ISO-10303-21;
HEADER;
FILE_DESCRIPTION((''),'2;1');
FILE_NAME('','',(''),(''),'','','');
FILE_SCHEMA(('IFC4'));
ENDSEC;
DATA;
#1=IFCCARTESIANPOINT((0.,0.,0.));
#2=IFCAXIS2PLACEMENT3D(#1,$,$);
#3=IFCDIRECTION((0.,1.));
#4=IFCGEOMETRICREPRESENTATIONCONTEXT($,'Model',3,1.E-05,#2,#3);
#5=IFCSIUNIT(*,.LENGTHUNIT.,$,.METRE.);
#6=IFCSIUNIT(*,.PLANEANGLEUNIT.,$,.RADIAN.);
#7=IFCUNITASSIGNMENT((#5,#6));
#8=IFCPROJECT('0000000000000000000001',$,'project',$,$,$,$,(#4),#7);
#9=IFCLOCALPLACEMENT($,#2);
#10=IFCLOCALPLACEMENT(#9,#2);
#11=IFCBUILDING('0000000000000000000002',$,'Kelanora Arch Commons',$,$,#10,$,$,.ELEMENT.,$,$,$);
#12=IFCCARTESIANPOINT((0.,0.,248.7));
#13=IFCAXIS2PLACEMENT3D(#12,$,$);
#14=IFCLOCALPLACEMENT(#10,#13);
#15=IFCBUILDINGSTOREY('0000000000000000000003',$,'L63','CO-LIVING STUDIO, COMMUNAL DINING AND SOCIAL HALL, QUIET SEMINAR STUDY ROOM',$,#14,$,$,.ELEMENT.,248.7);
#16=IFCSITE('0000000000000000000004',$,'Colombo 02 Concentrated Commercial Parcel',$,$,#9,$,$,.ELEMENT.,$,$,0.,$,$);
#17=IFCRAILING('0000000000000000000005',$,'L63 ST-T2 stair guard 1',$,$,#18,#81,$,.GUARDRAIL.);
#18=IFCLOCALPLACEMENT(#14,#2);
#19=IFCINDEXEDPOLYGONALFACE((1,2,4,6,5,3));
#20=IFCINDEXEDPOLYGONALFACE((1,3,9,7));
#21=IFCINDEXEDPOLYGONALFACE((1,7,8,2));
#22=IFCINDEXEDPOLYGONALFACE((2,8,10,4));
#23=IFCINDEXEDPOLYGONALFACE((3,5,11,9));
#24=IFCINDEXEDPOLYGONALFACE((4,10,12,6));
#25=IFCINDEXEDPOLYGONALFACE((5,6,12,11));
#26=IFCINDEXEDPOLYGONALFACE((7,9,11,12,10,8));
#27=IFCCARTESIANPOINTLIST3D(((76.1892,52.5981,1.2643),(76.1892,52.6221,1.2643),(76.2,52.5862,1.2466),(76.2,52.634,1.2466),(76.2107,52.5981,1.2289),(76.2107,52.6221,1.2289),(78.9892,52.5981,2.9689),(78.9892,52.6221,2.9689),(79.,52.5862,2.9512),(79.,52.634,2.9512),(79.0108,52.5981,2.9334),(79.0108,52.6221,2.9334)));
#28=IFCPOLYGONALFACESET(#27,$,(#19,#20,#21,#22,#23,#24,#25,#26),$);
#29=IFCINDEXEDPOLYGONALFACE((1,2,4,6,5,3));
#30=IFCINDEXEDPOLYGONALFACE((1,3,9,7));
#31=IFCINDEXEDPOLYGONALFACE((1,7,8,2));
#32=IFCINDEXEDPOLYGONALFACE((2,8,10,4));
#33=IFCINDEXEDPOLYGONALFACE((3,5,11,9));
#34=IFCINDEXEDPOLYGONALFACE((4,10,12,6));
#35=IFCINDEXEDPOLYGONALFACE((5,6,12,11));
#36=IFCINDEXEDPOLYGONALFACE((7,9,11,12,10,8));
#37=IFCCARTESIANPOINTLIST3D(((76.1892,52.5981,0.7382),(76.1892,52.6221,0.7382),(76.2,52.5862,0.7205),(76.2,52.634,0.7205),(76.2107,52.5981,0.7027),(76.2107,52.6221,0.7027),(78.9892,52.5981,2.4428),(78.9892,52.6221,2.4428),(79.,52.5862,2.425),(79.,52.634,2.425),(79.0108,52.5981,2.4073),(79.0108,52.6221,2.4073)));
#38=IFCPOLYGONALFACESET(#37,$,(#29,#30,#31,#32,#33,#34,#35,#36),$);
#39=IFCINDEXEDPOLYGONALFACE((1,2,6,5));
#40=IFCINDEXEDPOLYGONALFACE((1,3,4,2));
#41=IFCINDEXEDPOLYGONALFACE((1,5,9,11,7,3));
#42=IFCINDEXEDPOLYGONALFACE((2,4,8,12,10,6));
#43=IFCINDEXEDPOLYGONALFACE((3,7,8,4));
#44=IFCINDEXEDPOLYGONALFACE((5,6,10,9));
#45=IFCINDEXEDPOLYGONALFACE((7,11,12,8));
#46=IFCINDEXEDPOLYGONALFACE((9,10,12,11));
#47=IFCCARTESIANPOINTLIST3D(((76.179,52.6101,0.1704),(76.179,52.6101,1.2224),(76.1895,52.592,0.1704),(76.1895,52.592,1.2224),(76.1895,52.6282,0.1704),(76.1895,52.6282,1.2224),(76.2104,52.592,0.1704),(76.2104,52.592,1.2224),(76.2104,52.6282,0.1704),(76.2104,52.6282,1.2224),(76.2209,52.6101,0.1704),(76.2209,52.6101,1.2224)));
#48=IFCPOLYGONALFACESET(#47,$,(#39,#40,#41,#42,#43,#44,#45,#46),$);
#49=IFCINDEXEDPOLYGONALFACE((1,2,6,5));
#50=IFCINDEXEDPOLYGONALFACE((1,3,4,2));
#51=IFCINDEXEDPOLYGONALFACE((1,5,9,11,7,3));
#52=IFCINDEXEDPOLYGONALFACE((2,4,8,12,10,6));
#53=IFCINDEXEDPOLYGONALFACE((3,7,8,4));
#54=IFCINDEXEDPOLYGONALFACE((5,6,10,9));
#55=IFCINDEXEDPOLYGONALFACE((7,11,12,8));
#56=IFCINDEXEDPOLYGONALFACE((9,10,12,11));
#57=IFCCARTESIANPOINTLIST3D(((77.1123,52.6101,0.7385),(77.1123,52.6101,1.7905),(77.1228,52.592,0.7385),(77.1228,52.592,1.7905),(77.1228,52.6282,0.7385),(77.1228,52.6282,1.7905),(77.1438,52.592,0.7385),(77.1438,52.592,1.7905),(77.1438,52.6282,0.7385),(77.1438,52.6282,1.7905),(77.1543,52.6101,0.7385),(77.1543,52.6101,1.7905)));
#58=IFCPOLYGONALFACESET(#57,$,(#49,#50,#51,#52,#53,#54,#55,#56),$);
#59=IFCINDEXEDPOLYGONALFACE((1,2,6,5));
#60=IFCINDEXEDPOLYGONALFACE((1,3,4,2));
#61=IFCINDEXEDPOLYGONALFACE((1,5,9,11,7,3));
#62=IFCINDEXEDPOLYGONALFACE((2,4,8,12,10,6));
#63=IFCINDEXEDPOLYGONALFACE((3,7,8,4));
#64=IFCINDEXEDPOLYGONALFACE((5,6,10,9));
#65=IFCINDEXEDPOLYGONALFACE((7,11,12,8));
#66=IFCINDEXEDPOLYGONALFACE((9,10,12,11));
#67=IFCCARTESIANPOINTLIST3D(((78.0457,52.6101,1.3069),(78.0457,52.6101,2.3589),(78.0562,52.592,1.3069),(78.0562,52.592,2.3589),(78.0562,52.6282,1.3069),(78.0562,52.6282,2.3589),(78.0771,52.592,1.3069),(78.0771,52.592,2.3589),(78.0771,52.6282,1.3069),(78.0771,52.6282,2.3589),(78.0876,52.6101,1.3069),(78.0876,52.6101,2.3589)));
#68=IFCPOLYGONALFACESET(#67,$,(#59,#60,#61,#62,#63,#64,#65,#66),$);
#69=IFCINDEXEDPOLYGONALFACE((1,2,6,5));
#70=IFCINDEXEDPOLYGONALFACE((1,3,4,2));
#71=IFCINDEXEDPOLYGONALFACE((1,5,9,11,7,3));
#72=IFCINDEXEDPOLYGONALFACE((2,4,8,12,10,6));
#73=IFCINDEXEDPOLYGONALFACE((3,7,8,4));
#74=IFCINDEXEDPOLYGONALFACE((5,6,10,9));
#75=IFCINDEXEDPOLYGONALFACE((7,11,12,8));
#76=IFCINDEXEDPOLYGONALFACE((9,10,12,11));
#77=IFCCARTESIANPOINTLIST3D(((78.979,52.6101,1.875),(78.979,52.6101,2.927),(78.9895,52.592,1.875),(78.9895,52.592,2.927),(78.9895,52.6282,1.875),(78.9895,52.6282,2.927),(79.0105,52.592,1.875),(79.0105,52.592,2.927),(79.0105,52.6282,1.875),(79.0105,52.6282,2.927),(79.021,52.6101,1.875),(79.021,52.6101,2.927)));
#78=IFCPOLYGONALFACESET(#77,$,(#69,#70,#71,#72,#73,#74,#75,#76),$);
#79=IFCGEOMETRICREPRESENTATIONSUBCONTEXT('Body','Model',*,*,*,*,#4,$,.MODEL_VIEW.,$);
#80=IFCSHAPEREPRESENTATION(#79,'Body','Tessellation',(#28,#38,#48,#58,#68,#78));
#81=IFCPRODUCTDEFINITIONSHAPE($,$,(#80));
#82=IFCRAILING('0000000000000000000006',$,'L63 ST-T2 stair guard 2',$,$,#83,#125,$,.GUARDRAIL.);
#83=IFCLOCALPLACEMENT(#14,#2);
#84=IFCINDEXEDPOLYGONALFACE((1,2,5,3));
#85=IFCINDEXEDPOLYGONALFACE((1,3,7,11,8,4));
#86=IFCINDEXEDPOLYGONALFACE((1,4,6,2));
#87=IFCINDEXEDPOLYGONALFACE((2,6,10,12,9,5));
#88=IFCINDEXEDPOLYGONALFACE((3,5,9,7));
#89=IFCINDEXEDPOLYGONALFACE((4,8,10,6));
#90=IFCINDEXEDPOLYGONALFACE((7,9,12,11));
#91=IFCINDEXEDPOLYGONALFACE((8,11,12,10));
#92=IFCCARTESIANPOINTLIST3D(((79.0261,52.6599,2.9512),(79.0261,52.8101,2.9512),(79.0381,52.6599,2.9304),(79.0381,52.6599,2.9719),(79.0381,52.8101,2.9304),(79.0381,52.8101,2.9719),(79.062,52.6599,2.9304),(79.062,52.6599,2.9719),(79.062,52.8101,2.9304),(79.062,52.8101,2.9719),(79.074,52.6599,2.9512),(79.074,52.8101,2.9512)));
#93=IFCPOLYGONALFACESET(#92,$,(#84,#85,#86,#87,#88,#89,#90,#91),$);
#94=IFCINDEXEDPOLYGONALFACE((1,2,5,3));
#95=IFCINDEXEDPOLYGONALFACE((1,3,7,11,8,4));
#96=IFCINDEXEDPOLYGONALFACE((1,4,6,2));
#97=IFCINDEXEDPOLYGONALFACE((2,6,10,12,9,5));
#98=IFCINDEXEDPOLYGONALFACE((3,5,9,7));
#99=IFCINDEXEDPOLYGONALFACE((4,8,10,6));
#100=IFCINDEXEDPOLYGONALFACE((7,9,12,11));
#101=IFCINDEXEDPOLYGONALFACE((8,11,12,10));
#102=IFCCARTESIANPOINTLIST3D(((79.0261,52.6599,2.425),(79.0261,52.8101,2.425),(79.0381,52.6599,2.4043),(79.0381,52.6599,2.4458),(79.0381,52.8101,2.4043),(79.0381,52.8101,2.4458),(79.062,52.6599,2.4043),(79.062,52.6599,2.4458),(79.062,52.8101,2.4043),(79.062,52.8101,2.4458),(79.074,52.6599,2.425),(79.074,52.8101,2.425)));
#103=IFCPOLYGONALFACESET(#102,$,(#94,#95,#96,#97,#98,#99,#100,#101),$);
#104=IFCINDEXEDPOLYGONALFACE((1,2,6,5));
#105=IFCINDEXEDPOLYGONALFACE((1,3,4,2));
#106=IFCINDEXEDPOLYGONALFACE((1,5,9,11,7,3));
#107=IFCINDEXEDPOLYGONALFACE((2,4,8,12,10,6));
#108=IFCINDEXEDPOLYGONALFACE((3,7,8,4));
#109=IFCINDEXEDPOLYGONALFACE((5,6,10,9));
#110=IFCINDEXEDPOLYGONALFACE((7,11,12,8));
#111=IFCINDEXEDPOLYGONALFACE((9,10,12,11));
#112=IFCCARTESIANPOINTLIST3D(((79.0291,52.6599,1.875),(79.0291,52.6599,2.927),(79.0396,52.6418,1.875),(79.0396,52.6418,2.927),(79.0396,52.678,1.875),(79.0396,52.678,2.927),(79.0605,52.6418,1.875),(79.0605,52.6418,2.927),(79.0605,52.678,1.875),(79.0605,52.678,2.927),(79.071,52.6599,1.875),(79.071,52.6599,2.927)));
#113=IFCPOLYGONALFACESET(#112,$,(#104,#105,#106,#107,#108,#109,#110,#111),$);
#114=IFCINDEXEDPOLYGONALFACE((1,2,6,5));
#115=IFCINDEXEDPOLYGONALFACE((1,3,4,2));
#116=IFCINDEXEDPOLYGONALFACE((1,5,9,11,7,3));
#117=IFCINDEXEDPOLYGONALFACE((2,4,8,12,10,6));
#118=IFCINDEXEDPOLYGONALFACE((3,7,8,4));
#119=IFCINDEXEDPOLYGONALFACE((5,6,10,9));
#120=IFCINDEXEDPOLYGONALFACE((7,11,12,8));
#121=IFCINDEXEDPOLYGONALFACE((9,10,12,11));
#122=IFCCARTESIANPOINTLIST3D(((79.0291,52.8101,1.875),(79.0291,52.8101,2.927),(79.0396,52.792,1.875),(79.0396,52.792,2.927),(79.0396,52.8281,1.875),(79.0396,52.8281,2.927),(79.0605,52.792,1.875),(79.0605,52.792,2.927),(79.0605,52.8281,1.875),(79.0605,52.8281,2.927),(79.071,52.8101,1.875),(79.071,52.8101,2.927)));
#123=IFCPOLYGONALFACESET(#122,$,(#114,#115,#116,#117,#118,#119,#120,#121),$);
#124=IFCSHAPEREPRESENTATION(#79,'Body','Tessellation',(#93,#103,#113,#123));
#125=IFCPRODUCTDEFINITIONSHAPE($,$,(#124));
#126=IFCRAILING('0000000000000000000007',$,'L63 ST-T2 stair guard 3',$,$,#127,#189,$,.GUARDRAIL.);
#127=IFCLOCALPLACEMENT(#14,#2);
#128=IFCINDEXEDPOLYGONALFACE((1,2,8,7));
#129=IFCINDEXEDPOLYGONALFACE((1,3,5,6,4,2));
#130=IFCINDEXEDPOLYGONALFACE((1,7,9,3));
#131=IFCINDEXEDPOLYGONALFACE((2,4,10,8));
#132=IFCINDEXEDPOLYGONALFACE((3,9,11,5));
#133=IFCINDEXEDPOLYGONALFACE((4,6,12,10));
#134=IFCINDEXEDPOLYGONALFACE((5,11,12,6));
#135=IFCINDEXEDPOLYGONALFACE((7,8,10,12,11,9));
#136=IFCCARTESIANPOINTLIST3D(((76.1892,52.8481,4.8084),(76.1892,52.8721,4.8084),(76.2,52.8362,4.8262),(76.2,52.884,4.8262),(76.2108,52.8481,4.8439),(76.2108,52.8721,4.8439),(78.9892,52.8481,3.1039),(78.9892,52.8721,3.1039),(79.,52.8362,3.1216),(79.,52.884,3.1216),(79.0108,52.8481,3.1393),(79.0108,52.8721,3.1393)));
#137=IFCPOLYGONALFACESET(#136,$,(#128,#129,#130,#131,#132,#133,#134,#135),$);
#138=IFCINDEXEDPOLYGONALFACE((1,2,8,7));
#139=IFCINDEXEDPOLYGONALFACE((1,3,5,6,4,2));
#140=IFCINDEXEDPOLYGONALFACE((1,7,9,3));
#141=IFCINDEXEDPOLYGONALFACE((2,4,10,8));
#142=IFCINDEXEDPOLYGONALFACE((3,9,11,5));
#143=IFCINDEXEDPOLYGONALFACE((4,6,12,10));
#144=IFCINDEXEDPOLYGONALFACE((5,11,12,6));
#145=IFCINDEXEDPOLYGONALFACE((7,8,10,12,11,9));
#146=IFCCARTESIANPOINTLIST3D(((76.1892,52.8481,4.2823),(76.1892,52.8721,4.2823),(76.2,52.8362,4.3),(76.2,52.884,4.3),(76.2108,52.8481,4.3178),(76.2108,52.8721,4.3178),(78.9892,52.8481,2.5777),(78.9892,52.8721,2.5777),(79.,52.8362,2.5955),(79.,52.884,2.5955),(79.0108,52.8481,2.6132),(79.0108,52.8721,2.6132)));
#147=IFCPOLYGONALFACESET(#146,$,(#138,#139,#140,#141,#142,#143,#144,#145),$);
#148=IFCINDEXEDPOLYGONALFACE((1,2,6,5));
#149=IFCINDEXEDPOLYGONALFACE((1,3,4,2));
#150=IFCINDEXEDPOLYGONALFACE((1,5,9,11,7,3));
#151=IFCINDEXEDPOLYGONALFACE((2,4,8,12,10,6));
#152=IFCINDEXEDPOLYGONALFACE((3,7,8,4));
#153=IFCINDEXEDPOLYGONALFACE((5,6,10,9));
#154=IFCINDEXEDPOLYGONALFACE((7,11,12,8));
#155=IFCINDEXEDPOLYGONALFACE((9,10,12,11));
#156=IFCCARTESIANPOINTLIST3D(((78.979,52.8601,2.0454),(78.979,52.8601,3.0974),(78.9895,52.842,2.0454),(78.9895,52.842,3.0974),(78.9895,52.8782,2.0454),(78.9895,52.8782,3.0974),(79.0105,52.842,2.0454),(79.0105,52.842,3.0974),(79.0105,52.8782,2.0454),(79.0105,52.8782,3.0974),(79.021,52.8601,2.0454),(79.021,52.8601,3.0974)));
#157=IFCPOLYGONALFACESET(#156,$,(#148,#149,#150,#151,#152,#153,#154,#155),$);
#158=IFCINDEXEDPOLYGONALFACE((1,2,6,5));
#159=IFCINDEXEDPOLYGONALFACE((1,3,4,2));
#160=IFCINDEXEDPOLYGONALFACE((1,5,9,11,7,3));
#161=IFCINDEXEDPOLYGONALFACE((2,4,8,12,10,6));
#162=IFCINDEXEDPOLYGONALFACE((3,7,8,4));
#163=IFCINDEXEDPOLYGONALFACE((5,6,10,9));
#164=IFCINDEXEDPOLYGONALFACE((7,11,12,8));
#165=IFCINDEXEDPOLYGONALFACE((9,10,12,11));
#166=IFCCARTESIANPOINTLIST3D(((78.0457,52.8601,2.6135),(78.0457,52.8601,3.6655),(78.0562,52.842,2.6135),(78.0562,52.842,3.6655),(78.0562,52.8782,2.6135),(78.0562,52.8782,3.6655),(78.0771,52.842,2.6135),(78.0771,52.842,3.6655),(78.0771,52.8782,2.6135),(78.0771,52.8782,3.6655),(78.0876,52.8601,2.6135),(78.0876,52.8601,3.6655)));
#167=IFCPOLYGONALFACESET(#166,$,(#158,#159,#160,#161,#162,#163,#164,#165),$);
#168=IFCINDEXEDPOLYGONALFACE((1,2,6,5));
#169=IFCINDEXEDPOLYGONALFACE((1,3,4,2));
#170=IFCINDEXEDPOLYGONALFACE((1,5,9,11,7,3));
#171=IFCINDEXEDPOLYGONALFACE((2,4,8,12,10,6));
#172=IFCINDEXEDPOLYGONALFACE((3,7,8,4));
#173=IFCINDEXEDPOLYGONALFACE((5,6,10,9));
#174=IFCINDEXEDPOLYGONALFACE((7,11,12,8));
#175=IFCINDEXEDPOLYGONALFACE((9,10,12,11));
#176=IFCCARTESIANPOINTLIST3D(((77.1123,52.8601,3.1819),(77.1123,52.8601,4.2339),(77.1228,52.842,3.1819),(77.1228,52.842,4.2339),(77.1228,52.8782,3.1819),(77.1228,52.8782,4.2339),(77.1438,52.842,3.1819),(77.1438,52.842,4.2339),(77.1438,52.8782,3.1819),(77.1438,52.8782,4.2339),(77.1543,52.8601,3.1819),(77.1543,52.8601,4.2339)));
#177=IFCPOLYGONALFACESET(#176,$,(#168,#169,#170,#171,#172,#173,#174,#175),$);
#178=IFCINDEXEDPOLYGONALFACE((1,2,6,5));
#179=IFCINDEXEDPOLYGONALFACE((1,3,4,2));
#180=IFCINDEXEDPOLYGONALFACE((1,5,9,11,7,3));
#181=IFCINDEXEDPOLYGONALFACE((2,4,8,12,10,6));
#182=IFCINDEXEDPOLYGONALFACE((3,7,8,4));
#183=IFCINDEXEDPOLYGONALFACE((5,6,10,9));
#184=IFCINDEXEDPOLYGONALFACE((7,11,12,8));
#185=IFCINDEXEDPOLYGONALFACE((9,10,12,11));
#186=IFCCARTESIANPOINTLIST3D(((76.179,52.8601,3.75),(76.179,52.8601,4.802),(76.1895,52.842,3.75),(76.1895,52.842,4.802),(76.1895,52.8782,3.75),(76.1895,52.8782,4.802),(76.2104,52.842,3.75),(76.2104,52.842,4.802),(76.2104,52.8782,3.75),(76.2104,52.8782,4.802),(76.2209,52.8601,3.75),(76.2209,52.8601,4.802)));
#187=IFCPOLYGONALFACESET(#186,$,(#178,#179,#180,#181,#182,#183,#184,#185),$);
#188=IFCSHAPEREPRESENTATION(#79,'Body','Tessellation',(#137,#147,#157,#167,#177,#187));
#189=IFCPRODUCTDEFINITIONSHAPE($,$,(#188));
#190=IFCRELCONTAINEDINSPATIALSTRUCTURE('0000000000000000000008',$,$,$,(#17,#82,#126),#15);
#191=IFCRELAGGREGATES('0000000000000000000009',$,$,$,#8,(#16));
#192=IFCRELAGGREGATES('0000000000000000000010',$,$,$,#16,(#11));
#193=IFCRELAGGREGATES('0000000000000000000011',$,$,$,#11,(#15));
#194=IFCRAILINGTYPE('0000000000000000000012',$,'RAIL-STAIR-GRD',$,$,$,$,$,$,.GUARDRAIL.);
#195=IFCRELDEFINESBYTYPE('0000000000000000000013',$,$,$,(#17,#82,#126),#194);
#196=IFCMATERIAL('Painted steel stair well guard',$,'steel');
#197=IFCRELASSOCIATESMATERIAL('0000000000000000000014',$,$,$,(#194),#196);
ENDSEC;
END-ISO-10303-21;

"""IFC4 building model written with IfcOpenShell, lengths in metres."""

from ifc_helpers import new_model, si_unit, direction, frame, origin, place, context, subcontext, project, spatial, polyline, outline, extrude, material, type_object, element, save


model = new_model("IFC4")

# Units and contexts
model_context = context("Model", 3, precision=1e-05, world=origin(), true_north=direction((0.0, 1.0)))
body_context = subcontext(model_context, "Body", "Model", "MODEL_VIEW")
ifc_project = project(units=[si_unit("LENGTHUNIT", "METRE"), si_unit("PLANEANGLEUNIT", "RADIAN")], contexts=[model_context])

# Site, building, storey
site_placement = place(None, origin())
site = spatial("IfcSite", under=ifc_project, at=site_placement, Name="Colombo 02 Concentrated Commercial Parcel", CompositionType="ELEMENT", RefElevation=0.0)
building_placement = place(site_placement, origin())
building = spatial("IfcBuilding", under=site, at=building_placement, Name="Kelanora Arch Commons", CompositionType="ELEMENT")
storey_placement = place(building_placement, frame((0.0, 0.0, 248.7)))
storey = spatial("IfcBuildingStorey", under=building, at=storey_placement, Name="L63", Description="CO-LIVING STUDIO, COMMUNAL DINING AND SOCIAL HALL, QUIET SEMINAR STUDY ROOM", CompositionType="ELEMENT", Elevation=248.7)

# Railings
ifc_material_1 = material(Name="Painted steel stair well guard", Category="steel")
railing_type_1 = type_object("IfcRailingType", Name="RAIL-STAIR-GRD", PredefinedType="GUARDRAIL", material=ifc_material_1)
railing_1_placement = place(storey_placement, frame((76.2, 52.6101, 0.1704)))
element("IfcRailing", 1, at=railing_1_placement, inside=storey, type_object=railing_type_1, Name="L63 ST-T2 stair guard 1", PredefinedType="GUARDRAIL", context=body_context, shape_type="SweptSolid", body=[
    extrude(outline(polyline([(0.0239, 0.0), (0.012, 0.0208), (-0.012, 0.0208), (-0.0239, 0.0), (-0.012, -0.0208), (0.012, -0.0208), (0.0239, 0.0)])), frame((0.0, 0.0, 1.0762), z_axis=(0.85417, 0.0, 0.519994), x_axis=(0.0, 1.0, 0.0)), (0.0, 0.0, 1.0), 3.2781),
    extrude(outline(polyline([(0.0239, 0.0), (0.012, 0.0208), (-0.012, 0.0208), (-0.0239, 0.0), (-0.012, -0.0208), (0.012, -0.0208), (0.0239, 0.0)])), frame((0.0, 0.0, 0.55), z_axis=(0.85417, 0.0, 0.519994), x_axis=(0.0, 1.0, 0.0)), (0.0, 0.0, 1.0), 3.2781),
    extrude(outline(polyline([(0.021, 0.0), (0.0105, 0.0181), (-0.0105, 0.0181), (-0.021, 0.0), (-0.0105, -0.0181), (0.0105, -0.0181), (0.021, 0.0)])), origin(), (0.0, 0.0, 1.0), 1.052),
    extrude(outline(polyline([(0.021, 0.0), (0.0105, 0.0181), (-0.0105, 0.0181), (-0.021, 0.0), (-0.0105, -0.0181), (0.0105, -0.0181), (0.021, 0.0)])), frame((0.9333, 0.0, 0.5681)), (0.0, 0.0, 1.0), 1.052),
    extrude(outline(polyline([(0.021, 0.0), (0.0105, 0.0181), (-0.0105, 0.0181), (-0.021, 0.0), (-0.0105, -0.0181), (0.0105, -0.0181), (0.021, 0.0)])), frame((1.8667, 0.0, 1.1365)), (0.0, 0.0, 1.0), 1.052),
    extrude(outline(polyline([(0.021, 0.0), (0.0105, 0.0181), (-0.0105, 0.0181), (-0.021, 0.0), (-0.0105, -0.0181), (0.0105, -0.0181), (0.021, 0.0)])), frame((2.8, 0.0, 1.7046)), (0.0, 0.0, 1.0), 1.052),
])
railing_2_placement = place(storey_placement, frame((79.05, 52.6599, 1.875)))
element("IfcRailing", 2, at=railing_2_placement, inside=storey, type_object=railing_type_1, Name="L63 ST-T2 stair guard 2", PredefinedType="GUARDRAIL", context=body_context, shape_type="SweptSolid", body=[
    extrude(outline(polyline([(0.0239, 0.0), (0.012, 0.0208), (-0.012, 0.0208), (-0.0239, 0.0), (-0.012, -0.0208), (0.012, -0.0208), (0.0239, 0.0)])), frame((0.0, 0.0, 1.0762), z_axis=(0.0, 1.0, 0.0), x_axis=(-1.0, 0.0, 0.0)), (0.0, 0.0, 1.0), 0.1501),
    extrude(outline(polyline([(0.0239, 0.0), (0.012, 0.0208), (-0.012, 0.0208), (-0.0239, 0.0), (-0.012, -0.0208), (0.012, -0.0208), (0.0239, 0.0)])), frame((0.0, 0.0, 0.55), z_axis=(0.0, 1.0, 0.0), x_axis=(-1.0, 0.0, 0.0)), (0.0, 0.0, 1.0), 0.1501),
    extrude(outline(polyline([(0.021, 0.0), (0.0105, 0.0181), (-0.0105, 0.0181), (-0.021, 0.0), (-0.0105, -0.0181), (0.0105, -0.0181), (0.021, 0.0)])), origin(), (0.0, 0.0, 1.0), 1.052),
    extrude(outline(polyline([(0.021, 0.0), (0.0105, 0.0181), (-0.0105, 0.0181), (-0.021, 0.0), (-0.0105, -0.0181), (0.0105, -0.0181), (0.021, 0.0)])), frame((0.0, 0.1501, 0.0)), (0.0, 0.0, 1.0), 1.052),
])
railing_3_placement = place(storey_placement, frame((79.0, 52.8601, 2.0454)))
element("IfcRailing", 3, at=railing_3_placement, inside=storey, type_object=railing_type_1, Name="L63 ST-T2 stair guard 3", PredefinedType="GUARDRAIL", context=body_context, shape_type="SweptSolid", body=[
    extrude(outline(polyline([(0.0239, 0.0), (0.012, 0.0208), (-0.012, 0.0208), (-0.0239, 0.0), (-0.012, -0.0208), (0.012, -0.0208), (0.0239, 0.0)])), frame((0.0, 0.0, 1.0762), z_axis=(-0.85417, 0.0, 0.519994), x_axis=(0.0, -1.0, 0.0)), (0.0, 0.0, 1.0), 3.2781),
    extrude(outline(polyline([(0.0239, 0.0), (0.012, 0.0208), (-0.012, 0.0208), (-0.0239, 0.0), (-0.012, -0.0208), (0.012, -0.0208), (0.0239, 0.0)])), frame((0.0, 0.0, 0.55), z_axis=(-0.85417, 0.0, 0.519994), x_axis=(0.0, -1.0, 0.0)), (0.0, 0.0, 1.0), 3.2781),
    extrude(outline(polyline([(0.021, 0.0), (0.0105, 0.0181), (-0.0105, 0.0181), (-0.021, 0.0), (-0.0105, -0.0181), (0.0105, -0.0181), (0.021, 0.0)])), origin(), (0.0, 0.0, 1.0), 1.052),
    extrude(outline(polyline([(0.021, 0.0), (0.0105, 0.0181), (-0.0105, 0.0181), (-0.021, 0.0), (-0.0105, -0.0181), (0.0105, -0.0181), (0.021, 0.0)])), frame((-0.9333, 0.0, 0.5681)), (0.0, 0.0, 1.0), 1.052),
    extrude(outline(polyline([(0.021, 0.0), (0.0105, 0.0181), (-0.0105, 0.0181), (-0.021, 0.0), (-0.0105, -0.0181), (0.0105, -0.0181), (0.021, 0.0)])), frame((-1.8667, 0.0, 1.1365)), (0.0, 0.0, 1.0), 1.052),
    extrude(outline(polyline([(0.021, 0.0), (0.0105, 0.0181), (-0.0105, 0.0181), (-0.021, 0.0), (-0.0105, -0.0181), (0.0105, -0.0181), (0.021, 0.0)])), frame((-2.8, 0.0, 1.7046)), (0.0, 0.0, 1.0), 1.052),
])

save(model, "model.ifc")
